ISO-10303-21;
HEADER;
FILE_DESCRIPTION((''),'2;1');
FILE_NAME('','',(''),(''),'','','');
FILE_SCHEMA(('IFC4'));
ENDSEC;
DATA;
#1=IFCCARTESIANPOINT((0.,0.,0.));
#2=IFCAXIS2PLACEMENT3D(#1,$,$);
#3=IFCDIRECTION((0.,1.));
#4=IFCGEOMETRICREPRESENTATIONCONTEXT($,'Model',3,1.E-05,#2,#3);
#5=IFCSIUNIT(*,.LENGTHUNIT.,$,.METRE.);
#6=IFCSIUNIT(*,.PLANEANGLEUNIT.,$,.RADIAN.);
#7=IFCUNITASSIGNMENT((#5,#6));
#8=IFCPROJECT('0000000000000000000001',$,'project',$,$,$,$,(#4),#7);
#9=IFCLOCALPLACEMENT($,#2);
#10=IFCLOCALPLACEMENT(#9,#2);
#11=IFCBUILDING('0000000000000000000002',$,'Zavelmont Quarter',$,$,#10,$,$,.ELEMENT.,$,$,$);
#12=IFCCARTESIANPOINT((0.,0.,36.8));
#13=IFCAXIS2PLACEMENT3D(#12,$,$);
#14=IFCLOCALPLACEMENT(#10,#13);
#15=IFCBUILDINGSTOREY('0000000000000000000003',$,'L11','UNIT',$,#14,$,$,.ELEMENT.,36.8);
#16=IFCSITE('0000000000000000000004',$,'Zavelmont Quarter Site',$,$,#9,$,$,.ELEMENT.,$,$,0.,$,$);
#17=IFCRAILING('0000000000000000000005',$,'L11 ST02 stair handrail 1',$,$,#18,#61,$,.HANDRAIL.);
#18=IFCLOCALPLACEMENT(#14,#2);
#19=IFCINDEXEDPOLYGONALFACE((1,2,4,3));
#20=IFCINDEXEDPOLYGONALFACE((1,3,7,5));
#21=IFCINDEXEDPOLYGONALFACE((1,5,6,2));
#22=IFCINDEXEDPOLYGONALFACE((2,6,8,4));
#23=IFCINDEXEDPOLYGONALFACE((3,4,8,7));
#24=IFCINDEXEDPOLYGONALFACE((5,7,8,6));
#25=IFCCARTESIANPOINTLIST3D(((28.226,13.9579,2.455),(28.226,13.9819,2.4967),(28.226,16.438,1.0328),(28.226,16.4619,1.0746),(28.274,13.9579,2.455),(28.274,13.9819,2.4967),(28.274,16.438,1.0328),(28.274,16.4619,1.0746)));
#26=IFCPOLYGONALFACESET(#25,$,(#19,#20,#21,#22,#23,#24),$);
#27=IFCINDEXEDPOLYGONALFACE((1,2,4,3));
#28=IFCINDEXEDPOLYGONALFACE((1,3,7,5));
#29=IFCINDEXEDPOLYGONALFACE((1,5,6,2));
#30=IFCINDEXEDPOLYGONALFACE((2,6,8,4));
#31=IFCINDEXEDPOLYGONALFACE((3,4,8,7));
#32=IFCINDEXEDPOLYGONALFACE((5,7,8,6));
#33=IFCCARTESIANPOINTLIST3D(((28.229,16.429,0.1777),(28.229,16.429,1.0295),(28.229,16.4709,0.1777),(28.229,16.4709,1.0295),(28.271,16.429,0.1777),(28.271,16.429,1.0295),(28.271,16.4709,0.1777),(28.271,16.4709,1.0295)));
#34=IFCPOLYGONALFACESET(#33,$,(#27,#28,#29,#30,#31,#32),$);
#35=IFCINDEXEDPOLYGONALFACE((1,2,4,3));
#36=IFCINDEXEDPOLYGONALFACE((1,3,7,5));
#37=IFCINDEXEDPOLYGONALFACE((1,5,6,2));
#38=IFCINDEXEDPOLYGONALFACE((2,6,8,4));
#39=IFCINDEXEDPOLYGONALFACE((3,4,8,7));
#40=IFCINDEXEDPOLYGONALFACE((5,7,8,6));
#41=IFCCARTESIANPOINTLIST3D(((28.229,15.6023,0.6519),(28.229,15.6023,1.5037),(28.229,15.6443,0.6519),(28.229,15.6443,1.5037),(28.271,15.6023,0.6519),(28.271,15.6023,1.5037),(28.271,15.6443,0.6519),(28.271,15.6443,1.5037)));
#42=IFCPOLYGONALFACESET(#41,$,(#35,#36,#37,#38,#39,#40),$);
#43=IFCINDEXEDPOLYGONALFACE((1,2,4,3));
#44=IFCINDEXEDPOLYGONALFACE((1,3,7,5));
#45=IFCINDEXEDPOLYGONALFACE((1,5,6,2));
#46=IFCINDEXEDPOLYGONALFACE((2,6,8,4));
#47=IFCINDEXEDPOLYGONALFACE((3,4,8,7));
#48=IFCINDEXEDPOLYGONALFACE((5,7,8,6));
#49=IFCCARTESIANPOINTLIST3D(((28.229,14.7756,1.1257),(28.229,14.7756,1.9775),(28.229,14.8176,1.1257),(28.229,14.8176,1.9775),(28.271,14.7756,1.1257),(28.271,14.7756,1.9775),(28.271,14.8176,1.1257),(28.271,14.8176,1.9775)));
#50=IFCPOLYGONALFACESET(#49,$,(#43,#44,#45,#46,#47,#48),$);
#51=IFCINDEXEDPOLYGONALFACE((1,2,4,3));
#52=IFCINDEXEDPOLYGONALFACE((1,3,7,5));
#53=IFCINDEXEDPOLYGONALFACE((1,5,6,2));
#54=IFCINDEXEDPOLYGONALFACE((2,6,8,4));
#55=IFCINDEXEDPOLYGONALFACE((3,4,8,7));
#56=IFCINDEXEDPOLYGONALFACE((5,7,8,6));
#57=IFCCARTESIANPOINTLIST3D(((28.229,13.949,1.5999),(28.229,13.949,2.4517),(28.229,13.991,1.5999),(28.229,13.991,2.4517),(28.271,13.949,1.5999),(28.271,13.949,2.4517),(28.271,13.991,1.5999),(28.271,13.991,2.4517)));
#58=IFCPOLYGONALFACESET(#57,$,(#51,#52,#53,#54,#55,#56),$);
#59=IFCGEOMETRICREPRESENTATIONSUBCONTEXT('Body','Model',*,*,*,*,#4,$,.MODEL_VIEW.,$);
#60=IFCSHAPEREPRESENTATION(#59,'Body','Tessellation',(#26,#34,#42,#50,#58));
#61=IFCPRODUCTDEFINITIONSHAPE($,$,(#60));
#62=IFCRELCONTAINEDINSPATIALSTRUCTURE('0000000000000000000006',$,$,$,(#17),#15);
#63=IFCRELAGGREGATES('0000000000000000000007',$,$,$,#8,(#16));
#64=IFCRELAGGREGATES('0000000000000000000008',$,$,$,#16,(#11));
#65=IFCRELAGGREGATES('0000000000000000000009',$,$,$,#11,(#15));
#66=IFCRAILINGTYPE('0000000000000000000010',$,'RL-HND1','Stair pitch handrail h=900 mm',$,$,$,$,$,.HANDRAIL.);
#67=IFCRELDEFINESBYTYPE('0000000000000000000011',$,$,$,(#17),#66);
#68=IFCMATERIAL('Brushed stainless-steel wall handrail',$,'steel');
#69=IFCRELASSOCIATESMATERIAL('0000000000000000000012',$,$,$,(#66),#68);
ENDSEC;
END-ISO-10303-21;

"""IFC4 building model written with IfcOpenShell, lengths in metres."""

from ifc_helpers import new_model, si_unit, direction, frame, origin, origin_2d, place, context, subcontext, project, spatial, rectangle, extrude, material, type_object, element, save


model = new_model("IFC4")

# Units and contexts
model_context = context("Model", 3, precision=1e-05, world=origin(), true_north=direction((0.0, 1.0)))
body_context = subcontext(model_context, "Body", "Model", "MODEL_VIEW")
ifc_project = project(units=[si_unit("LENGTHUNIT", "METRE"), si_unit("PLANEANGLEUNIT", "RADIAN")], contexts=[model_context])

# Site, building, storey
site_placement = place(None, origin())
site = spatial("IfcSite", under=ifc_project, at=site_placement, Name="Zavelmont Quarter Site", CompositionType="ELEMENT", RefElevation=0.0)
building_placement = place(site_placement, origin())
building = spatial("IfcBuilding", under=site, at=building_placement, Name="Zavelmont Quarter", CompositionType="ELEMENT")
storey_placement = place(building_placement, frame((0.0, 0.0, 36.8)))
storey = spatial("IfcBuildingStorey", under=building, at=storey_placement, Name="L11", Description="UNIT", CompositionType="ELEMENT", Elevation=36.8)

# Railing
ifc_material_1 = material(Name="Brushed stainless-steel wall handrail", Category="steel")
railing_type_1 = type_object("IfcRailingType", Name="RL-HND1", Description="Stair pitch handrail h=900 mm", PredefinedType="HANDRAIL", material=ifc_material_1)
railing_1_placement = place(storey_placement, frame((28.25, 16.45, 0.1777)))
element("IfcRailing", 1, at=railing_1_placement, inside=storey, type_object=railing_type_1, Name="L11 ST02 stair handrail 1", PredefinedType="HANDRAIL", context=body_context, shape_type="SweptSolid", body=[
    extrude(rectangle(XDim=0.0481, YDim=0.0481, at=origin_2d()), frame((0.0, 0.0, 0.876), z_axis=(0.0, -0.867491, 0.497454), x_axis=(1.0, 0.0, 0.0)), (0.0, 0.0, 1.0), 2.8589),
    extrude(rectangle(XDim=0.042, YDim=0.042, at=origin_2d()), origin(), (0.0, 0.0, 1.0), 0.8518),
    extrude(rectangle(XDim=0.042, YDim=0.042, at=origin_2d()), frame((0.0, -0.8267, 0.4741)), (0.0, 0.0, 1.0), 0.8518),
    extrude(rectangle(XDim=0.042, YDim=0.042, at=origin_2d()), frame((0.0, -1.6533, 0.948)), (0.0, 0.0, 1.0), 0.8518),
    extrude(rectangle(XDim=0.042, YDim=0.042, at=origin_2d()), frame((0.0, -2.48, 1.4221)), (0.0, 0.0, 1.0), 0.8518),
])

save(model, "model.ifc")
